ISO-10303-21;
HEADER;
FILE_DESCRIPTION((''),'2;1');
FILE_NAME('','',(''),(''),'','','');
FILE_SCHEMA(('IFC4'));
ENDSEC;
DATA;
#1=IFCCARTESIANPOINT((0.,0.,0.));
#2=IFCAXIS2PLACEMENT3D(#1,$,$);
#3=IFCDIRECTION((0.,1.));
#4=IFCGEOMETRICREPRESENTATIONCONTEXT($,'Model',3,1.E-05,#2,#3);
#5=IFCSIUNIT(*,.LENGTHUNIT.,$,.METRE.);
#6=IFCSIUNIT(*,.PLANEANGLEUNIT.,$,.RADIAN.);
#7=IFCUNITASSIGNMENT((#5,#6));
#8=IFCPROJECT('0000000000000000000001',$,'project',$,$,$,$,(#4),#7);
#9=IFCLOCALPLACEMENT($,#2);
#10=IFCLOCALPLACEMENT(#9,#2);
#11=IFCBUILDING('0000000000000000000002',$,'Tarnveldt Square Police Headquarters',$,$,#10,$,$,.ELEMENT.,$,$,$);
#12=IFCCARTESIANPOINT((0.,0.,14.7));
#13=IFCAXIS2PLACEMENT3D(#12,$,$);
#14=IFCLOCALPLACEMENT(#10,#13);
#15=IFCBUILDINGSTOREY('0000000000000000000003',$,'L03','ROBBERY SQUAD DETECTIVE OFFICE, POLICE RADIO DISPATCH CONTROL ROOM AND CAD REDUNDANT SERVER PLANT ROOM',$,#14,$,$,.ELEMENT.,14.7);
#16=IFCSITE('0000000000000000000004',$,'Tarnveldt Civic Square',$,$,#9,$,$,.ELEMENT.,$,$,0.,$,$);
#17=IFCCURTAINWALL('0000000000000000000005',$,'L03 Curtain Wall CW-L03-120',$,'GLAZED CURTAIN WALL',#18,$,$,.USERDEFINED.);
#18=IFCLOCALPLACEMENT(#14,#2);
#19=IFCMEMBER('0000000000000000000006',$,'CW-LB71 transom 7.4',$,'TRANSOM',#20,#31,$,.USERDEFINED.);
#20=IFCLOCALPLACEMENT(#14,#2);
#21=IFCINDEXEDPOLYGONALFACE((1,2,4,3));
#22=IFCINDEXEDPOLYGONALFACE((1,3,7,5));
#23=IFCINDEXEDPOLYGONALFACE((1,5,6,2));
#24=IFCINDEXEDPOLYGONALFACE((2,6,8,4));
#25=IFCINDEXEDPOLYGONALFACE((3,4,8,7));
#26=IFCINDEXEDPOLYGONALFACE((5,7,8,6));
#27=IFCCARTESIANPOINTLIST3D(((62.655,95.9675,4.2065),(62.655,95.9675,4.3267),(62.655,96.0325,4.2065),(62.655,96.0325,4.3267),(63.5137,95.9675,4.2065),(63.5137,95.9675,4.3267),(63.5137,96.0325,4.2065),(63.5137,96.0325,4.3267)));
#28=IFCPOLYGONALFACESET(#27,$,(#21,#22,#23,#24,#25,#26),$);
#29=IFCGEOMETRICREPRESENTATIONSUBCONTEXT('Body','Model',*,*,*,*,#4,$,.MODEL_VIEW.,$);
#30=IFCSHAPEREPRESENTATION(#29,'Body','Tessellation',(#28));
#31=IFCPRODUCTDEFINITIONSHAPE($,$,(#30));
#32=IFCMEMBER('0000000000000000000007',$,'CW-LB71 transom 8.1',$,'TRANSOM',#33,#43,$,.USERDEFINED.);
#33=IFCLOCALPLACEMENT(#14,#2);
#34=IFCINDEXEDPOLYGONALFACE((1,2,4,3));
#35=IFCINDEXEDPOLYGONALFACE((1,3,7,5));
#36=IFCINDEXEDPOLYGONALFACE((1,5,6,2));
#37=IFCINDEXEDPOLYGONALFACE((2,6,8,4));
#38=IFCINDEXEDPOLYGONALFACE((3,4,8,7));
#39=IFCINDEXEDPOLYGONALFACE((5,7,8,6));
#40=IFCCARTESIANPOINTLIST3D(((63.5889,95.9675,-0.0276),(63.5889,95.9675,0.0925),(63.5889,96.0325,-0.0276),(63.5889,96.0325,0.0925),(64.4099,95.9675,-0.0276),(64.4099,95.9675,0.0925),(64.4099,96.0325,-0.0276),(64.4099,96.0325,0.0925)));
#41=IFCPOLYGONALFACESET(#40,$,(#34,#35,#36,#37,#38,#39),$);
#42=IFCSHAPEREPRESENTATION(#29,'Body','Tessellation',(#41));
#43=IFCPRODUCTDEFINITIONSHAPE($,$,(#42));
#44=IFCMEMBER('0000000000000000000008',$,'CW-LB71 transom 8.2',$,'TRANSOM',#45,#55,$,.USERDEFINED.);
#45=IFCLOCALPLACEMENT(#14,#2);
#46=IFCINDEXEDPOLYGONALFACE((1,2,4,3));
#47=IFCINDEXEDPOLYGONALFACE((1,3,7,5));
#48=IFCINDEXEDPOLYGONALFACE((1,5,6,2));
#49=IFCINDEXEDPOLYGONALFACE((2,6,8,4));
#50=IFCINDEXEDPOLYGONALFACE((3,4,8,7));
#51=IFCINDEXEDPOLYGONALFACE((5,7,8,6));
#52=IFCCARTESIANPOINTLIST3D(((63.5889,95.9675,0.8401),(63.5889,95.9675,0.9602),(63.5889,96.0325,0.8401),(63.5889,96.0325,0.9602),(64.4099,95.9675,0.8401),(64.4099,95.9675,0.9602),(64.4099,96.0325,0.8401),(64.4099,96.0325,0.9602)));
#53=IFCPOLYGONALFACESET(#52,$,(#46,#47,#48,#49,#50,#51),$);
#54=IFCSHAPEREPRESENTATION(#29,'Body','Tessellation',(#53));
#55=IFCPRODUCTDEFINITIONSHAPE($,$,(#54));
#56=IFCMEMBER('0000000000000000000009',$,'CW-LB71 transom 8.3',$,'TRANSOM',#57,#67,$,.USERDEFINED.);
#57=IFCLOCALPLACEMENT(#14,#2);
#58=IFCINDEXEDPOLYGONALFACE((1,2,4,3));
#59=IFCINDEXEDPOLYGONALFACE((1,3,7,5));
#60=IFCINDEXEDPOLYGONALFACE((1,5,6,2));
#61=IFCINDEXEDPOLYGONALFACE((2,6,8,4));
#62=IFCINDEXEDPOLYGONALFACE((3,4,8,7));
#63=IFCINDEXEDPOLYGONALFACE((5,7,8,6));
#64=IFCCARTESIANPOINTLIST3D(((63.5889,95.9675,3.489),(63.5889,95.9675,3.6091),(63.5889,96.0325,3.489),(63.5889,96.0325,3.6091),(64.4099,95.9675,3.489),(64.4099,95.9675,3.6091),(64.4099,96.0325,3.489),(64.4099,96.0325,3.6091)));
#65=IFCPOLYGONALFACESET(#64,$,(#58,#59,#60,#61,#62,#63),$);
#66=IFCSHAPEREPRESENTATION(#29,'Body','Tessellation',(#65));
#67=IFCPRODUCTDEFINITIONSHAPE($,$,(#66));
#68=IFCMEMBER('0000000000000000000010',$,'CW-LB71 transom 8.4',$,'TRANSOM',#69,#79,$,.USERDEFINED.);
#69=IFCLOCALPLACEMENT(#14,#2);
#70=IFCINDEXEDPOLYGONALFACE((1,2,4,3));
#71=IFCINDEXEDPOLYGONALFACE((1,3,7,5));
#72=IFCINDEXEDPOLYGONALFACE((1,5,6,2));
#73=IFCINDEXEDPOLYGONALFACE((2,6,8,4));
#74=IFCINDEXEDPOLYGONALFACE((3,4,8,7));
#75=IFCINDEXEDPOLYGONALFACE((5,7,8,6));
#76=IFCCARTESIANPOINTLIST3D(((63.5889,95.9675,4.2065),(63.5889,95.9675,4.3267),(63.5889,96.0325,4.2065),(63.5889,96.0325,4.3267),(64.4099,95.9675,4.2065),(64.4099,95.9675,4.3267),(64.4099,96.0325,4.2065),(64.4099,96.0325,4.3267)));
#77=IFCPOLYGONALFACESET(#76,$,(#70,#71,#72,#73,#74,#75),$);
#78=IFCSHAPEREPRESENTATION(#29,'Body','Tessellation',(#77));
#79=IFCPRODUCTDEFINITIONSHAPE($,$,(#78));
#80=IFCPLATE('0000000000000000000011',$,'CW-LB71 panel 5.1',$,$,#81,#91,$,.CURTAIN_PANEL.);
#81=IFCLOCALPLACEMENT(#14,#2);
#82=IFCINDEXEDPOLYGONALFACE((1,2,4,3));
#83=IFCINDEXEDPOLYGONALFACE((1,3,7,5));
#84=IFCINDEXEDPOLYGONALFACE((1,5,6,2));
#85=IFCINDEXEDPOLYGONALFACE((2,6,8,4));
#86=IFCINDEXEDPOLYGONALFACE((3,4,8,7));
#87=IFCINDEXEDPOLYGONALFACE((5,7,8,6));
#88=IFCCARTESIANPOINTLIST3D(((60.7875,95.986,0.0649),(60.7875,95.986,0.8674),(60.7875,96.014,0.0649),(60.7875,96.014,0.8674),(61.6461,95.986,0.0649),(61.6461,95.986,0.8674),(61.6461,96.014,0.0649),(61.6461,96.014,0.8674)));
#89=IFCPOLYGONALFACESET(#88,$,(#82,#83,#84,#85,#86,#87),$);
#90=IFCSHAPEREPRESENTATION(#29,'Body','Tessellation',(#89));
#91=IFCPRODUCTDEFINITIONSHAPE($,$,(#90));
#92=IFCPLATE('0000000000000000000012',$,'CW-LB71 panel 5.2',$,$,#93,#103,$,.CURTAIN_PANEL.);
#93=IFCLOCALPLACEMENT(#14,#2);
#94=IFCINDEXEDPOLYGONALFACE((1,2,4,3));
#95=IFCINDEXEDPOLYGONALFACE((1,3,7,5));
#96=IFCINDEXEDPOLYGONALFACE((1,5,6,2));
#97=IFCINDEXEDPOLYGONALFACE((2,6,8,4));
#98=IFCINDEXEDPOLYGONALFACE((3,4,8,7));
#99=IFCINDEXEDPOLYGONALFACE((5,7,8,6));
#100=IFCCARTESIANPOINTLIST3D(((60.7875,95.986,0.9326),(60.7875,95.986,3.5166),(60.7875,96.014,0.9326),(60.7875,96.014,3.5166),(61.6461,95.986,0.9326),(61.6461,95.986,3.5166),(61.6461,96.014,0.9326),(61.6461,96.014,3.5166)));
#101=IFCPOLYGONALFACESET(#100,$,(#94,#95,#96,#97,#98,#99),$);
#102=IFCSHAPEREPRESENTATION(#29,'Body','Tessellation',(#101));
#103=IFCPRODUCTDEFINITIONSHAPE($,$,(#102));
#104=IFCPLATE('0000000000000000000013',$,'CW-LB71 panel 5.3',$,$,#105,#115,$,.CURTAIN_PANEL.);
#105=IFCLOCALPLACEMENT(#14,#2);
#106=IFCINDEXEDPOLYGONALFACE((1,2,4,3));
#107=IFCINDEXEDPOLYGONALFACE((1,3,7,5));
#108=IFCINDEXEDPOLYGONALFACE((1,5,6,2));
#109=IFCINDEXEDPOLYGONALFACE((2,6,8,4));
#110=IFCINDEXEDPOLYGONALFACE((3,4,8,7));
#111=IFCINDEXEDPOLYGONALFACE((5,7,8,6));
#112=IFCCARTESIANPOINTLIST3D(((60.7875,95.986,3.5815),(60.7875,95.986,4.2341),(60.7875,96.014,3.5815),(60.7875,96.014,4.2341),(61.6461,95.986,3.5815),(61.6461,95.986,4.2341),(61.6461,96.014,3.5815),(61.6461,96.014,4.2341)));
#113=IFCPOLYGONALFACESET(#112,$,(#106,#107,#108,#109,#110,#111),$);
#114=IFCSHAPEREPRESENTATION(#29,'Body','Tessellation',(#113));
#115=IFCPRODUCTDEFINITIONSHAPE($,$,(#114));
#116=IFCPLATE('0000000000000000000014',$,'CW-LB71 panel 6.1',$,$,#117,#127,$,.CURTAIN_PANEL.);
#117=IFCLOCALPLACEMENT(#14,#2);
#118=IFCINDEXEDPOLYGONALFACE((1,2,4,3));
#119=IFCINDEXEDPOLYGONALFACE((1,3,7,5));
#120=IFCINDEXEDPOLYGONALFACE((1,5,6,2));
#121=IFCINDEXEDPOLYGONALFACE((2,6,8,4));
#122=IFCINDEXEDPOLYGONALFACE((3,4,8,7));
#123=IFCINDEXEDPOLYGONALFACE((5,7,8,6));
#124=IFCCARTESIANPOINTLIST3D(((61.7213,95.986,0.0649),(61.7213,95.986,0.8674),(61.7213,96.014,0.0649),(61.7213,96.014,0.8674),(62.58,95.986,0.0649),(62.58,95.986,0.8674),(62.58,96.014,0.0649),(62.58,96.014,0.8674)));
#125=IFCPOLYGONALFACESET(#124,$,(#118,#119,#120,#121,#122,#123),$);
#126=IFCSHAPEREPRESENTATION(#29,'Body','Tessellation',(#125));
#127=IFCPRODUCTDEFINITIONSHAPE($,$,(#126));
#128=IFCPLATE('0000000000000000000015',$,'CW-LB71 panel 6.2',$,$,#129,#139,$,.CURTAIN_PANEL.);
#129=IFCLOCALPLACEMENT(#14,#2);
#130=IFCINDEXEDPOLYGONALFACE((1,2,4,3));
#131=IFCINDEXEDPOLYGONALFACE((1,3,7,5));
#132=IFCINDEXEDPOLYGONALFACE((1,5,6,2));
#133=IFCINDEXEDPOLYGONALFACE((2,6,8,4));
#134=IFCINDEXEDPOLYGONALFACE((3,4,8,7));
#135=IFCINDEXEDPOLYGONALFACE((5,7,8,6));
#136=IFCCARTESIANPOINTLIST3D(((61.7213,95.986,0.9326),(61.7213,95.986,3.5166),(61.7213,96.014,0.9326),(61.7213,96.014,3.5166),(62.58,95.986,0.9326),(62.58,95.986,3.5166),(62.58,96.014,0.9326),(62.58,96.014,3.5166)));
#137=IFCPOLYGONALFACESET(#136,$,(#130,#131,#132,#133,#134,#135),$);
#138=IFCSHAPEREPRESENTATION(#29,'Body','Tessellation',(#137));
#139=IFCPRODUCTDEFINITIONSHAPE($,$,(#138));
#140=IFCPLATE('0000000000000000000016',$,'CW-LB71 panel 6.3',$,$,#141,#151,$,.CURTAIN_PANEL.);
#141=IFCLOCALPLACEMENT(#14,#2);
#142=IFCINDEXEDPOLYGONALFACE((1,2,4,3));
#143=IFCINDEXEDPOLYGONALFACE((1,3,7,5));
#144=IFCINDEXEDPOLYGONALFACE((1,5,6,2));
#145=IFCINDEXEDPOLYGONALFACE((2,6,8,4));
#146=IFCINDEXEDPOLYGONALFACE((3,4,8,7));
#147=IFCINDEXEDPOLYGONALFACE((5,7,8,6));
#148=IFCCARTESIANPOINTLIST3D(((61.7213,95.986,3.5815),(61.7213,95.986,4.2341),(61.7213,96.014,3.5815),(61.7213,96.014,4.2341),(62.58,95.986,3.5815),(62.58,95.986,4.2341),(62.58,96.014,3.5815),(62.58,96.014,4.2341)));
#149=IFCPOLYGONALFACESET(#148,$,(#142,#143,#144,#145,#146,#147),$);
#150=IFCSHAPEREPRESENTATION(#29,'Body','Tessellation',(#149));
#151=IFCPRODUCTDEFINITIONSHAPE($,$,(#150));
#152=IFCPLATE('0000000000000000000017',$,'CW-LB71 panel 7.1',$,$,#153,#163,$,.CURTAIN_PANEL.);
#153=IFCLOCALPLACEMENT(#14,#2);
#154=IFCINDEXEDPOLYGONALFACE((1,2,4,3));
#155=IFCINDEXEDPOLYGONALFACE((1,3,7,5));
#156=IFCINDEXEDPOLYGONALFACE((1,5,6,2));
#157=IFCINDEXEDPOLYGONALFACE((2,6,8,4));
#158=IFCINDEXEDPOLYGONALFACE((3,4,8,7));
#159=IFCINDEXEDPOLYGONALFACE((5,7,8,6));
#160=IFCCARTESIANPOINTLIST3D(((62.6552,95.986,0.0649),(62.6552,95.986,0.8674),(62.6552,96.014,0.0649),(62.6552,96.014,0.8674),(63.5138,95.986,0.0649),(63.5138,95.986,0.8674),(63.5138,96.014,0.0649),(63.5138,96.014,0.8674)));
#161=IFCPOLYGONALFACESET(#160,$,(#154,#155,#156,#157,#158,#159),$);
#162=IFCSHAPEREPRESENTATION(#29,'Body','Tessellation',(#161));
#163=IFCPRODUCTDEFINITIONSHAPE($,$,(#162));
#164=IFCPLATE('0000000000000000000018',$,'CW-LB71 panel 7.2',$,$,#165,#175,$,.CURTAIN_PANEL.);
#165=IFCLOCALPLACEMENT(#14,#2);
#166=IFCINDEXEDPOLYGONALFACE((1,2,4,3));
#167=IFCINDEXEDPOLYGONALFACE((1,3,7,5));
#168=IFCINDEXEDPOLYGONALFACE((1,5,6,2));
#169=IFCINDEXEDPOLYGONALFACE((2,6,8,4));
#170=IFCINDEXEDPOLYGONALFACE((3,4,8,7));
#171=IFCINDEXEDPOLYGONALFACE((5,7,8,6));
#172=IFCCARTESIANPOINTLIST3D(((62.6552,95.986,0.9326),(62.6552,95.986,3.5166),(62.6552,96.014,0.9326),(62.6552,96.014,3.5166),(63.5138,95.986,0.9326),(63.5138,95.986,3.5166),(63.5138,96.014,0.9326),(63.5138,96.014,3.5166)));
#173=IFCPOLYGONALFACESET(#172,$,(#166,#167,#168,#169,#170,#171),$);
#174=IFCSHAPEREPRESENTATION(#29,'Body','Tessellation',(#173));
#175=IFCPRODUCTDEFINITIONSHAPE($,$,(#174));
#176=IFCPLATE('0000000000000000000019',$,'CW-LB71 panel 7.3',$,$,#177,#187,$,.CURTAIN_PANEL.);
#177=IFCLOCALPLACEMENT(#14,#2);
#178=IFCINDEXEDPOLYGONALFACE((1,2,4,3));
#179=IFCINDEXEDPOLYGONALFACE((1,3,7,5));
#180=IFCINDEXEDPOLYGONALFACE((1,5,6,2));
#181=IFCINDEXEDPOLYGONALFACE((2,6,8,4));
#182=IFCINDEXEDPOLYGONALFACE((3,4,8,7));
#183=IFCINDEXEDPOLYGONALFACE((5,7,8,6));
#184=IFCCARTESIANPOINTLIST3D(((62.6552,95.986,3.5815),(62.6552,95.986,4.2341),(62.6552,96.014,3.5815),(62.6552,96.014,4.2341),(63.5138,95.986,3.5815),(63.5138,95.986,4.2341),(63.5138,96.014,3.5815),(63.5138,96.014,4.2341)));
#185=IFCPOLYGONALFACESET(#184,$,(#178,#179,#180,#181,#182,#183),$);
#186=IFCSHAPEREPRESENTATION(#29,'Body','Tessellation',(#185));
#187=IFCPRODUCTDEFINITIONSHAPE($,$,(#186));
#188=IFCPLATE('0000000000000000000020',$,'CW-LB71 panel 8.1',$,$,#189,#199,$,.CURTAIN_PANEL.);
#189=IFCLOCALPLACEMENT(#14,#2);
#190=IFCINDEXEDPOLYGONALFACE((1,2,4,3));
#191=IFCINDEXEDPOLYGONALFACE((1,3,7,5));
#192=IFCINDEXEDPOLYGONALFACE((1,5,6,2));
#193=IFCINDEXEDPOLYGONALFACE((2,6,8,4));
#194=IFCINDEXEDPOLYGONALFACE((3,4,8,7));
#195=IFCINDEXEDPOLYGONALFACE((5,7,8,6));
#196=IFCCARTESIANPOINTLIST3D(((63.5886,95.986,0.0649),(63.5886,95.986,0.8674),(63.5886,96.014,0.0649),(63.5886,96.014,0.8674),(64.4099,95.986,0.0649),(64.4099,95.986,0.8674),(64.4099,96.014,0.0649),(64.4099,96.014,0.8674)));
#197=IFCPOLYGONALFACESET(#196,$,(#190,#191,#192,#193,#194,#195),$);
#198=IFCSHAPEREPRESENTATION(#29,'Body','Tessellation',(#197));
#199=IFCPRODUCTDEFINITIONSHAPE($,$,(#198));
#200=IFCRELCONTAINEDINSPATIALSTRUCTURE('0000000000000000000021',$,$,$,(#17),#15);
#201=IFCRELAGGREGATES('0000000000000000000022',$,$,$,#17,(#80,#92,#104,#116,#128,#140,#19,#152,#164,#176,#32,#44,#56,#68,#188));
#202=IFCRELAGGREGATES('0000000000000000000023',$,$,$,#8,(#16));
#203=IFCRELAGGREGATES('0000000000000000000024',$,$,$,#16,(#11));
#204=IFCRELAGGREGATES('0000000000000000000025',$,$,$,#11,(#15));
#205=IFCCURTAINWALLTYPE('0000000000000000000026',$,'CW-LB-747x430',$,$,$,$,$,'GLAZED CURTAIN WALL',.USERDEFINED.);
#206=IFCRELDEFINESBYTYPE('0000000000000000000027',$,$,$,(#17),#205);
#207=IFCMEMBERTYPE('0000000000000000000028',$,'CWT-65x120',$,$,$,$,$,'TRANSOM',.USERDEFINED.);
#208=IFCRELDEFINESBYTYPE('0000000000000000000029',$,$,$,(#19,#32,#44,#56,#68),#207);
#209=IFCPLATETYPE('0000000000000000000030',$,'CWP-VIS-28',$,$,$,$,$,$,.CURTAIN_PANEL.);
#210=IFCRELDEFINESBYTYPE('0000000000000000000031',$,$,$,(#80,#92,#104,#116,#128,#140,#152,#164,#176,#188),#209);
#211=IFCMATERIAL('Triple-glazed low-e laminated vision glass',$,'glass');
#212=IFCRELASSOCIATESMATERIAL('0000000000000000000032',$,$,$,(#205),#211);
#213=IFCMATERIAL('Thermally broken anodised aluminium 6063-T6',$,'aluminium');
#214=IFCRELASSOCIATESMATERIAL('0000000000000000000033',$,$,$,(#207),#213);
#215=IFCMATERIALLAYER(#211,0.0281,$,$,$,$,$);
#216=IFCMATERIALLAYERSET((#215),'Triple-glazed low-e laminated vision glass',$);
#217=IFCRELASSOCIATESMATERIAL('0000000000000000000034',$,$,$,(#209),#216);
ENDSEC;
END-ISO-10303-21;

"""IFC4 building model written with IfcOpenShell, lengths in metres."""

from ifc_helpers import new_model, si_unit, direction, frame, origin, origin_2d, place, context, subcontext, project, spatial, rectangle, extrude, material, layer, layer_set, material_profile, profile_set, type_object, element, aggregate, save


model = new_model("IFC4")

# Units and contexts
model_context = context("Model", 3, precision=1e-05, world=origin(), true_north=direction((0.0, 1.0)))
body_context = subcontext(model_context, "Body", "Model", "MODEL_VIEW")
ifc_project = project(units=[si_unit("LENGTHUNIT", "METRE"), si_unit("PLANEANGLEUNIT", "RADIAN")], contexts=[model_context])

# Site, building, storey
site_placement = place(None, origin())
site = spatial("IfcSite", under=ifc_project, at=site_placement, Name="Tarnveldt Civic Square", CompositionType="ELEMENT", RefElevation=0.0)
building_placement = place(site_placement, origin())
building = spatial("IfcBuilding", under=site, at=building_placement, Name="Tarnveldt Square Police Headquarters", CompositionType="ELEMENT")
storey_placement = place(building_placement, frame((0.0, 0.0, 14.7)))
storey = spatial("IfcBuildingStorey", under=building, at=storey_placement, Name="L03", Description="ROBBERY SQUAD DETECTIVE OFFICE, POLICE RADIO DISPATCH CONTROL ROOM AND CAD REDUNDANT SERVER PLANT ROOM", CompositionType="ELEMENT", Elevation=14.7)

# Curtain wall, members, plates
ifc_material_1 = material(Name="Triple-glazed low-e laminated vision glass", Category="glass")
curtain_wall_type = type_object("IfcCurtainWallType", Name="CW-LB-747x430", ElementType="GLAZED CURTAIN WALL", PredefinedType="USERDEFINED", material=ifc_material_1)
curtain_wall_placement = place(storey_placement, origin())
curtain_wall = element("IfcCurtainWall", 1, at=curtain_wall_placement, inside=storey, type_object=curtain_wall_type, Name="L03 Curtain Wall CW-L03-120", ObjectType="GLAZED CURTAIN WALL", PredefinedType="USERDEFINED")
ifc_material_2 = material(Name="Thermally broken anodised aluminium 6063-T6", Category="aluminium")
ifc_material_profile_1 = material_profile(ifc_material_2, rectangle(XDim=0.0649, YDim=0.1201, at=origin_2d()), Name="CW-T65x120")
ifc_profile_set_1 = profile_set([ifc_material_profile_1], Name="Thermally broken anodised aluminium 6063-T6")
member_type_1 = type_object("IfcMemberType", Name="CWT-65x120", ElementType="TRANSOM", PredefinedType="USERDEFINED", material=ifc_profile_set_1)
member_1_placement = place(storey_placement, frame((62.655, 96.0, 4.2666), z_axis=(1.0, 0.0, 0.0), x_axis=(0.0, 1.0, 0.0)))
member_1 = element("IfcMember", 2, at=member_1_placement, type_object=member_type_1, Name="CW-LB71 transom 7.4", ObjectType="TRANSOM", PredefinedType="USERDEFINED", context=body_context, shape_type="SweptSolid", body=[
    extrude(rectangle(XDim=0.0649, YDim=0.1201, at=origin_2d()), origin(), (0.0, 0.0, 1.0), 0.8586),
])
member_2_placement = place(storey_placement, frame((63.5889, 96.0, 0.0325), z_axis=(1.0, 0.0, 0.0), x_axis=(0.0, 1.0, 0.0)))
member_2 = element("IfcMember", 3, at=member_2_placement, type_object=member_type_1, Name="CW-LB71 transom 8.1", ObjectType="TRANSOM", PredefinedType="USERDEFINED", context=body_context, shape_type="SweptSolid", body=[
    extrude(rectangle(XDim=0.0649, YDim=0.1201, at=origin_2d()), origin(), (0.0, 0.0, 1.0), 0.821),
])
member_3_placement = place(storey_placement, frame((63.5889, 96.0, 0.9001), z_axis=(1.0, 0.0, 0.0), x_axis=(0.0, 1.0, 0.0)))
member_3 = element("IfcMember", 4, at=member_3_placement, type_object=member_type_1, Name="CW-LB71 transom 8.2", ObjectType="TRANSOM", PredefinedType="USERDEFINED", context=body_context, shape_type="SweptSolid", body=[
    extrude(rectangle(XDim=0.0649, YDim=0.1201, at=origin_2d()), origin(), (0.0, 0.0, 1.0), 0.821),
])
member_4_placement = place(storey_placement, frame((63.5889, 96.0, 3.5491), z_axis=(1.0, 0.0, 0.0), x_axis=(0.0, 1.0, 0.0)))
member_4 = element("IfcMember", 5, at=member_4_placement, type_object=member_type_1, Name="CW-LB71 transom 8.3", ObjectType="TRANSOM", PredefinedType="USERDEFINED", context=body_context, shape_type="SweptSolid", body=[
    extrude(rectangle(XDim=0.0649, YDim=0.1201, at=origin_2d()), origin(), (0.0, 0.0, 1.0), 0.821),
])
member_5_placement = place(storey_placement, frame((63.5889, 96.0, 4.2666), z_axis=(1.0, 0.0, 0.0), x_axis=(0.0, 1.0, 0.0)))
member_5 = element("IfcMember", 6, at=member_5_placement, type_object=member_type_1, Name="CW-LB71 transom 8.4", ObjectType="TRANSOM", PredefinedType="USERDEFINED", context=body_context, shape_type="SweptSolid", body=[
    extrude(rectangle(XDim=0.0649, YDim=0.1201, at=origin_2d()), origin(), (0.0, 0.0, 1.0), 0.821),
])
ifc_layer = layer(ifc_material_1, 0.0281)
ifc_layer_set = layer_set([ifc_layer], Name="Triple-glazed low-e laminated vision glass")
plate_type = type_object("IfcPlateType", Name="CWP-VIS-28", PredefinedType="CURTAIN_PANEL", material=ifc_layer_set)
plate_1_placement = place(storey_placement, frame((61.2168, 96.0, 0.0649), z_axis=(0.0, 0.0, 1.0), x_axis=(1.0, 0.0, 0.0)))
plate_1 = element("IfcPlate", 7, at=plate_1_placement, type_object=plate_type, Name="CW-LB71 panel 5.1", PredefinedType="CURTAIN_PANEL", context=body_context, shape_type="SweptSolid", body=[
    extrude(rectangle(XDim=0.8586, YDim=0.0281, at=origin_2d()), origin(), (0.0, 0.0, 1.0), 0.8025),
])
plate_2_placement = place(storey_placement, frame((61.2168, 96.0, 0.9326), z_axis=(0.0, 0.0, 1.0), x_axis=(1.0, 0.0, 0.0)))
plate_2 = element("IfcPlate", 8, at=plate_2_placement, type_object=plate_type, Name="CW-LB71 panel 5.2", PredefinedType="CURTAIN_PANEL", context=body_context, shape_type="SweptSolid", body=[
    extrude(rectangle(XDim=0.8586, YDim=0.0281, at=origin_2d()), origin(), (0.0, 0.0, 1.0), 2.584),
])
plate_3_placement = place(storey_placement, frame((61.2168, 96.0, 3.5815), z_axis=(0.0, 0.0, 1.0), x_axis=(1.0, 0.0, 0.0)))
plate_3 = element("IfcPlate", 9, at=plate_3_placement, type_object=plate_type, Name="CW-LB71 panel 5.3", PredefinedType="CURTAIN_PANEL", context=body_context, shape_type="SweptSolid", body=[
    extrude(rectangle(XDim=0.8586, YDim=0.0281, at=origin_2d()), origin(), (0.0, 0.0, 1.0), 0.6526),
])
plate_4_placement = place(storey_placement, frame((62.1506, 96.0, 0.0649), z_axis=(0.0, 0.0, 1.0), x_axis=(1.0, 0.0, 0.0)))
plate_4 = element("IfcPlate", 10, at=plate_4_placement, type_object=plate_type, Name="CW-LB71 panel 6.1", PredefinedType="CURTAIN_PANEL", context=body_context, shape_type="SweptSolid", body=[
    extrude(rectangle(XDim=0.8586, YDim=0.0281, at=origin_2d()), origin(), (0.0, 0.0, 1.0), 0.8025),
])
plate_5_placement = place(storey_placement, frame((62.1506, 96.0, 0.9326), z_axis=(0.0, 0.0, 1.0), x_axis=(1.0, 0.0, 0.0)))
plate_5 = element("IfcPlate", 11, at=plate_5_placement, type_object=plate_type, Name="CW-LB71 panel 6.2", PredefinedType="CURTAIN_PANEL", context=body_context, shape_type="SweptSolid", body=[
    extrude(rectangle(XDim=0.8586, YDim=0.0281, at=origin_2d()), origin(), (0.0, 0.0, 1.0), 2.584),
])
plate_6_placement = place(storey_placement, frame((62.1506, 96.0, 3.5815), z_axis=(0.0, 0.0, 1.0), x_axis=(1.0, 0.0, 0.0)))
plate_6 = element("IfcPlate", 12, at=plate_6_placement, type_object=plate_type, Name="CW-LB71 panel 6.3", PredefinedType="CURTAIN_PANEL", context=body_context, shape_type="SweptSolid", body=[
    extrude(rectangle(XDim=0.8586, YDim=0.0281, at=origin_2d()), origin(), (0.0, 0.0, 1.0), 0.6526),
])
plate_7_placement = place(storey_placement, frame((63.0845, 96.0, 0.0649), z_axis=(0.0, 0.0, 1.0), x_axis=(1.0, 0.0, 0.0)))
plate_7 = element("IfcPlate", 13, at=plate_7_placement, type_object=plate_type, Name="CW-LB71 panel 7.1", PredefinedType="CURTAIN_PANEL", context=body_context, shape_type="SweptSolid", body=[
    extrude(rectangle(XDim=0.8586, YDim=0.0281, at=origin_2d()), origin(), (0.0, 0.0, 1.0), 0.8025),
])
plate_8_placement = place(storey_placement, frame((63.0845, 96.0, 0.9326), z_axis=(0.0, 0.0, 1.0), x_axis=(1.0, 0.0, 0.0)))
plate_8 = element("IfcPlate", 14, at=plate_8_placement, type_object=plate_type, Name="CW-LB71 panel 7.2", PredefinedType="CURTAIN_PANEL", context=body_context, shape_type="SweptSolid", body=[
    extrude(rectangle(XDim=0.8586, YDim=0.0281, at=origin_2d()), origin(), (0.0, 0.0, 1.0), 2.584),
])
plate_9_placement = place(storey_placement, frame((63.0845, 96.0, 3.5815), z_axis=(0.0, 0.0, 1.0), x_axis=(1.0, 0.0, 0.0)))
plate_9 = element("IfcPlate", 15, at=plate_9_placement, type_object=plate_type, Name="CW-LB71 panel 7.3", PredefinedType="CURTAIN_PANEL", context=body_context, shape_type="SweptSolid", body=[
    extrude(rectangle(XDim=0.8586, YDim=0.0281, at=origin_2d()), origin(), (0.0, 0.0, 1.0), 0.6526),
])
plate_10_placement = place(storey_placement, frame((63.9993, 96.0, 0.0649), z_axis=(0.0, 0.0, 1.0), x_axis=(1.0, 0.0, 0.0)))
plate_10 = element("IfcPlate", 16, at=plate_10_placement, type_object=plate_type, Name="CW-LB71 panel 8.1", PredefinedType="CURTAIN_PANEL", context=body_context, shape_type="SweptSolid", body=[
    extrude(rectangle(XDim=0.8213, YDim=0.0281, at=origin_2d()), origin(), (0.0, 0.0, 1.0), 0.8025),
])
aggregate(curtain_wall, [plate_1, plate_2, plate_3, plate_4, plate_5, plate_6, member_1, plate_7, plate_8, plate_9, member_2, member_3, member_4, member_5, plate_10])

save(model, "model.ifc")
